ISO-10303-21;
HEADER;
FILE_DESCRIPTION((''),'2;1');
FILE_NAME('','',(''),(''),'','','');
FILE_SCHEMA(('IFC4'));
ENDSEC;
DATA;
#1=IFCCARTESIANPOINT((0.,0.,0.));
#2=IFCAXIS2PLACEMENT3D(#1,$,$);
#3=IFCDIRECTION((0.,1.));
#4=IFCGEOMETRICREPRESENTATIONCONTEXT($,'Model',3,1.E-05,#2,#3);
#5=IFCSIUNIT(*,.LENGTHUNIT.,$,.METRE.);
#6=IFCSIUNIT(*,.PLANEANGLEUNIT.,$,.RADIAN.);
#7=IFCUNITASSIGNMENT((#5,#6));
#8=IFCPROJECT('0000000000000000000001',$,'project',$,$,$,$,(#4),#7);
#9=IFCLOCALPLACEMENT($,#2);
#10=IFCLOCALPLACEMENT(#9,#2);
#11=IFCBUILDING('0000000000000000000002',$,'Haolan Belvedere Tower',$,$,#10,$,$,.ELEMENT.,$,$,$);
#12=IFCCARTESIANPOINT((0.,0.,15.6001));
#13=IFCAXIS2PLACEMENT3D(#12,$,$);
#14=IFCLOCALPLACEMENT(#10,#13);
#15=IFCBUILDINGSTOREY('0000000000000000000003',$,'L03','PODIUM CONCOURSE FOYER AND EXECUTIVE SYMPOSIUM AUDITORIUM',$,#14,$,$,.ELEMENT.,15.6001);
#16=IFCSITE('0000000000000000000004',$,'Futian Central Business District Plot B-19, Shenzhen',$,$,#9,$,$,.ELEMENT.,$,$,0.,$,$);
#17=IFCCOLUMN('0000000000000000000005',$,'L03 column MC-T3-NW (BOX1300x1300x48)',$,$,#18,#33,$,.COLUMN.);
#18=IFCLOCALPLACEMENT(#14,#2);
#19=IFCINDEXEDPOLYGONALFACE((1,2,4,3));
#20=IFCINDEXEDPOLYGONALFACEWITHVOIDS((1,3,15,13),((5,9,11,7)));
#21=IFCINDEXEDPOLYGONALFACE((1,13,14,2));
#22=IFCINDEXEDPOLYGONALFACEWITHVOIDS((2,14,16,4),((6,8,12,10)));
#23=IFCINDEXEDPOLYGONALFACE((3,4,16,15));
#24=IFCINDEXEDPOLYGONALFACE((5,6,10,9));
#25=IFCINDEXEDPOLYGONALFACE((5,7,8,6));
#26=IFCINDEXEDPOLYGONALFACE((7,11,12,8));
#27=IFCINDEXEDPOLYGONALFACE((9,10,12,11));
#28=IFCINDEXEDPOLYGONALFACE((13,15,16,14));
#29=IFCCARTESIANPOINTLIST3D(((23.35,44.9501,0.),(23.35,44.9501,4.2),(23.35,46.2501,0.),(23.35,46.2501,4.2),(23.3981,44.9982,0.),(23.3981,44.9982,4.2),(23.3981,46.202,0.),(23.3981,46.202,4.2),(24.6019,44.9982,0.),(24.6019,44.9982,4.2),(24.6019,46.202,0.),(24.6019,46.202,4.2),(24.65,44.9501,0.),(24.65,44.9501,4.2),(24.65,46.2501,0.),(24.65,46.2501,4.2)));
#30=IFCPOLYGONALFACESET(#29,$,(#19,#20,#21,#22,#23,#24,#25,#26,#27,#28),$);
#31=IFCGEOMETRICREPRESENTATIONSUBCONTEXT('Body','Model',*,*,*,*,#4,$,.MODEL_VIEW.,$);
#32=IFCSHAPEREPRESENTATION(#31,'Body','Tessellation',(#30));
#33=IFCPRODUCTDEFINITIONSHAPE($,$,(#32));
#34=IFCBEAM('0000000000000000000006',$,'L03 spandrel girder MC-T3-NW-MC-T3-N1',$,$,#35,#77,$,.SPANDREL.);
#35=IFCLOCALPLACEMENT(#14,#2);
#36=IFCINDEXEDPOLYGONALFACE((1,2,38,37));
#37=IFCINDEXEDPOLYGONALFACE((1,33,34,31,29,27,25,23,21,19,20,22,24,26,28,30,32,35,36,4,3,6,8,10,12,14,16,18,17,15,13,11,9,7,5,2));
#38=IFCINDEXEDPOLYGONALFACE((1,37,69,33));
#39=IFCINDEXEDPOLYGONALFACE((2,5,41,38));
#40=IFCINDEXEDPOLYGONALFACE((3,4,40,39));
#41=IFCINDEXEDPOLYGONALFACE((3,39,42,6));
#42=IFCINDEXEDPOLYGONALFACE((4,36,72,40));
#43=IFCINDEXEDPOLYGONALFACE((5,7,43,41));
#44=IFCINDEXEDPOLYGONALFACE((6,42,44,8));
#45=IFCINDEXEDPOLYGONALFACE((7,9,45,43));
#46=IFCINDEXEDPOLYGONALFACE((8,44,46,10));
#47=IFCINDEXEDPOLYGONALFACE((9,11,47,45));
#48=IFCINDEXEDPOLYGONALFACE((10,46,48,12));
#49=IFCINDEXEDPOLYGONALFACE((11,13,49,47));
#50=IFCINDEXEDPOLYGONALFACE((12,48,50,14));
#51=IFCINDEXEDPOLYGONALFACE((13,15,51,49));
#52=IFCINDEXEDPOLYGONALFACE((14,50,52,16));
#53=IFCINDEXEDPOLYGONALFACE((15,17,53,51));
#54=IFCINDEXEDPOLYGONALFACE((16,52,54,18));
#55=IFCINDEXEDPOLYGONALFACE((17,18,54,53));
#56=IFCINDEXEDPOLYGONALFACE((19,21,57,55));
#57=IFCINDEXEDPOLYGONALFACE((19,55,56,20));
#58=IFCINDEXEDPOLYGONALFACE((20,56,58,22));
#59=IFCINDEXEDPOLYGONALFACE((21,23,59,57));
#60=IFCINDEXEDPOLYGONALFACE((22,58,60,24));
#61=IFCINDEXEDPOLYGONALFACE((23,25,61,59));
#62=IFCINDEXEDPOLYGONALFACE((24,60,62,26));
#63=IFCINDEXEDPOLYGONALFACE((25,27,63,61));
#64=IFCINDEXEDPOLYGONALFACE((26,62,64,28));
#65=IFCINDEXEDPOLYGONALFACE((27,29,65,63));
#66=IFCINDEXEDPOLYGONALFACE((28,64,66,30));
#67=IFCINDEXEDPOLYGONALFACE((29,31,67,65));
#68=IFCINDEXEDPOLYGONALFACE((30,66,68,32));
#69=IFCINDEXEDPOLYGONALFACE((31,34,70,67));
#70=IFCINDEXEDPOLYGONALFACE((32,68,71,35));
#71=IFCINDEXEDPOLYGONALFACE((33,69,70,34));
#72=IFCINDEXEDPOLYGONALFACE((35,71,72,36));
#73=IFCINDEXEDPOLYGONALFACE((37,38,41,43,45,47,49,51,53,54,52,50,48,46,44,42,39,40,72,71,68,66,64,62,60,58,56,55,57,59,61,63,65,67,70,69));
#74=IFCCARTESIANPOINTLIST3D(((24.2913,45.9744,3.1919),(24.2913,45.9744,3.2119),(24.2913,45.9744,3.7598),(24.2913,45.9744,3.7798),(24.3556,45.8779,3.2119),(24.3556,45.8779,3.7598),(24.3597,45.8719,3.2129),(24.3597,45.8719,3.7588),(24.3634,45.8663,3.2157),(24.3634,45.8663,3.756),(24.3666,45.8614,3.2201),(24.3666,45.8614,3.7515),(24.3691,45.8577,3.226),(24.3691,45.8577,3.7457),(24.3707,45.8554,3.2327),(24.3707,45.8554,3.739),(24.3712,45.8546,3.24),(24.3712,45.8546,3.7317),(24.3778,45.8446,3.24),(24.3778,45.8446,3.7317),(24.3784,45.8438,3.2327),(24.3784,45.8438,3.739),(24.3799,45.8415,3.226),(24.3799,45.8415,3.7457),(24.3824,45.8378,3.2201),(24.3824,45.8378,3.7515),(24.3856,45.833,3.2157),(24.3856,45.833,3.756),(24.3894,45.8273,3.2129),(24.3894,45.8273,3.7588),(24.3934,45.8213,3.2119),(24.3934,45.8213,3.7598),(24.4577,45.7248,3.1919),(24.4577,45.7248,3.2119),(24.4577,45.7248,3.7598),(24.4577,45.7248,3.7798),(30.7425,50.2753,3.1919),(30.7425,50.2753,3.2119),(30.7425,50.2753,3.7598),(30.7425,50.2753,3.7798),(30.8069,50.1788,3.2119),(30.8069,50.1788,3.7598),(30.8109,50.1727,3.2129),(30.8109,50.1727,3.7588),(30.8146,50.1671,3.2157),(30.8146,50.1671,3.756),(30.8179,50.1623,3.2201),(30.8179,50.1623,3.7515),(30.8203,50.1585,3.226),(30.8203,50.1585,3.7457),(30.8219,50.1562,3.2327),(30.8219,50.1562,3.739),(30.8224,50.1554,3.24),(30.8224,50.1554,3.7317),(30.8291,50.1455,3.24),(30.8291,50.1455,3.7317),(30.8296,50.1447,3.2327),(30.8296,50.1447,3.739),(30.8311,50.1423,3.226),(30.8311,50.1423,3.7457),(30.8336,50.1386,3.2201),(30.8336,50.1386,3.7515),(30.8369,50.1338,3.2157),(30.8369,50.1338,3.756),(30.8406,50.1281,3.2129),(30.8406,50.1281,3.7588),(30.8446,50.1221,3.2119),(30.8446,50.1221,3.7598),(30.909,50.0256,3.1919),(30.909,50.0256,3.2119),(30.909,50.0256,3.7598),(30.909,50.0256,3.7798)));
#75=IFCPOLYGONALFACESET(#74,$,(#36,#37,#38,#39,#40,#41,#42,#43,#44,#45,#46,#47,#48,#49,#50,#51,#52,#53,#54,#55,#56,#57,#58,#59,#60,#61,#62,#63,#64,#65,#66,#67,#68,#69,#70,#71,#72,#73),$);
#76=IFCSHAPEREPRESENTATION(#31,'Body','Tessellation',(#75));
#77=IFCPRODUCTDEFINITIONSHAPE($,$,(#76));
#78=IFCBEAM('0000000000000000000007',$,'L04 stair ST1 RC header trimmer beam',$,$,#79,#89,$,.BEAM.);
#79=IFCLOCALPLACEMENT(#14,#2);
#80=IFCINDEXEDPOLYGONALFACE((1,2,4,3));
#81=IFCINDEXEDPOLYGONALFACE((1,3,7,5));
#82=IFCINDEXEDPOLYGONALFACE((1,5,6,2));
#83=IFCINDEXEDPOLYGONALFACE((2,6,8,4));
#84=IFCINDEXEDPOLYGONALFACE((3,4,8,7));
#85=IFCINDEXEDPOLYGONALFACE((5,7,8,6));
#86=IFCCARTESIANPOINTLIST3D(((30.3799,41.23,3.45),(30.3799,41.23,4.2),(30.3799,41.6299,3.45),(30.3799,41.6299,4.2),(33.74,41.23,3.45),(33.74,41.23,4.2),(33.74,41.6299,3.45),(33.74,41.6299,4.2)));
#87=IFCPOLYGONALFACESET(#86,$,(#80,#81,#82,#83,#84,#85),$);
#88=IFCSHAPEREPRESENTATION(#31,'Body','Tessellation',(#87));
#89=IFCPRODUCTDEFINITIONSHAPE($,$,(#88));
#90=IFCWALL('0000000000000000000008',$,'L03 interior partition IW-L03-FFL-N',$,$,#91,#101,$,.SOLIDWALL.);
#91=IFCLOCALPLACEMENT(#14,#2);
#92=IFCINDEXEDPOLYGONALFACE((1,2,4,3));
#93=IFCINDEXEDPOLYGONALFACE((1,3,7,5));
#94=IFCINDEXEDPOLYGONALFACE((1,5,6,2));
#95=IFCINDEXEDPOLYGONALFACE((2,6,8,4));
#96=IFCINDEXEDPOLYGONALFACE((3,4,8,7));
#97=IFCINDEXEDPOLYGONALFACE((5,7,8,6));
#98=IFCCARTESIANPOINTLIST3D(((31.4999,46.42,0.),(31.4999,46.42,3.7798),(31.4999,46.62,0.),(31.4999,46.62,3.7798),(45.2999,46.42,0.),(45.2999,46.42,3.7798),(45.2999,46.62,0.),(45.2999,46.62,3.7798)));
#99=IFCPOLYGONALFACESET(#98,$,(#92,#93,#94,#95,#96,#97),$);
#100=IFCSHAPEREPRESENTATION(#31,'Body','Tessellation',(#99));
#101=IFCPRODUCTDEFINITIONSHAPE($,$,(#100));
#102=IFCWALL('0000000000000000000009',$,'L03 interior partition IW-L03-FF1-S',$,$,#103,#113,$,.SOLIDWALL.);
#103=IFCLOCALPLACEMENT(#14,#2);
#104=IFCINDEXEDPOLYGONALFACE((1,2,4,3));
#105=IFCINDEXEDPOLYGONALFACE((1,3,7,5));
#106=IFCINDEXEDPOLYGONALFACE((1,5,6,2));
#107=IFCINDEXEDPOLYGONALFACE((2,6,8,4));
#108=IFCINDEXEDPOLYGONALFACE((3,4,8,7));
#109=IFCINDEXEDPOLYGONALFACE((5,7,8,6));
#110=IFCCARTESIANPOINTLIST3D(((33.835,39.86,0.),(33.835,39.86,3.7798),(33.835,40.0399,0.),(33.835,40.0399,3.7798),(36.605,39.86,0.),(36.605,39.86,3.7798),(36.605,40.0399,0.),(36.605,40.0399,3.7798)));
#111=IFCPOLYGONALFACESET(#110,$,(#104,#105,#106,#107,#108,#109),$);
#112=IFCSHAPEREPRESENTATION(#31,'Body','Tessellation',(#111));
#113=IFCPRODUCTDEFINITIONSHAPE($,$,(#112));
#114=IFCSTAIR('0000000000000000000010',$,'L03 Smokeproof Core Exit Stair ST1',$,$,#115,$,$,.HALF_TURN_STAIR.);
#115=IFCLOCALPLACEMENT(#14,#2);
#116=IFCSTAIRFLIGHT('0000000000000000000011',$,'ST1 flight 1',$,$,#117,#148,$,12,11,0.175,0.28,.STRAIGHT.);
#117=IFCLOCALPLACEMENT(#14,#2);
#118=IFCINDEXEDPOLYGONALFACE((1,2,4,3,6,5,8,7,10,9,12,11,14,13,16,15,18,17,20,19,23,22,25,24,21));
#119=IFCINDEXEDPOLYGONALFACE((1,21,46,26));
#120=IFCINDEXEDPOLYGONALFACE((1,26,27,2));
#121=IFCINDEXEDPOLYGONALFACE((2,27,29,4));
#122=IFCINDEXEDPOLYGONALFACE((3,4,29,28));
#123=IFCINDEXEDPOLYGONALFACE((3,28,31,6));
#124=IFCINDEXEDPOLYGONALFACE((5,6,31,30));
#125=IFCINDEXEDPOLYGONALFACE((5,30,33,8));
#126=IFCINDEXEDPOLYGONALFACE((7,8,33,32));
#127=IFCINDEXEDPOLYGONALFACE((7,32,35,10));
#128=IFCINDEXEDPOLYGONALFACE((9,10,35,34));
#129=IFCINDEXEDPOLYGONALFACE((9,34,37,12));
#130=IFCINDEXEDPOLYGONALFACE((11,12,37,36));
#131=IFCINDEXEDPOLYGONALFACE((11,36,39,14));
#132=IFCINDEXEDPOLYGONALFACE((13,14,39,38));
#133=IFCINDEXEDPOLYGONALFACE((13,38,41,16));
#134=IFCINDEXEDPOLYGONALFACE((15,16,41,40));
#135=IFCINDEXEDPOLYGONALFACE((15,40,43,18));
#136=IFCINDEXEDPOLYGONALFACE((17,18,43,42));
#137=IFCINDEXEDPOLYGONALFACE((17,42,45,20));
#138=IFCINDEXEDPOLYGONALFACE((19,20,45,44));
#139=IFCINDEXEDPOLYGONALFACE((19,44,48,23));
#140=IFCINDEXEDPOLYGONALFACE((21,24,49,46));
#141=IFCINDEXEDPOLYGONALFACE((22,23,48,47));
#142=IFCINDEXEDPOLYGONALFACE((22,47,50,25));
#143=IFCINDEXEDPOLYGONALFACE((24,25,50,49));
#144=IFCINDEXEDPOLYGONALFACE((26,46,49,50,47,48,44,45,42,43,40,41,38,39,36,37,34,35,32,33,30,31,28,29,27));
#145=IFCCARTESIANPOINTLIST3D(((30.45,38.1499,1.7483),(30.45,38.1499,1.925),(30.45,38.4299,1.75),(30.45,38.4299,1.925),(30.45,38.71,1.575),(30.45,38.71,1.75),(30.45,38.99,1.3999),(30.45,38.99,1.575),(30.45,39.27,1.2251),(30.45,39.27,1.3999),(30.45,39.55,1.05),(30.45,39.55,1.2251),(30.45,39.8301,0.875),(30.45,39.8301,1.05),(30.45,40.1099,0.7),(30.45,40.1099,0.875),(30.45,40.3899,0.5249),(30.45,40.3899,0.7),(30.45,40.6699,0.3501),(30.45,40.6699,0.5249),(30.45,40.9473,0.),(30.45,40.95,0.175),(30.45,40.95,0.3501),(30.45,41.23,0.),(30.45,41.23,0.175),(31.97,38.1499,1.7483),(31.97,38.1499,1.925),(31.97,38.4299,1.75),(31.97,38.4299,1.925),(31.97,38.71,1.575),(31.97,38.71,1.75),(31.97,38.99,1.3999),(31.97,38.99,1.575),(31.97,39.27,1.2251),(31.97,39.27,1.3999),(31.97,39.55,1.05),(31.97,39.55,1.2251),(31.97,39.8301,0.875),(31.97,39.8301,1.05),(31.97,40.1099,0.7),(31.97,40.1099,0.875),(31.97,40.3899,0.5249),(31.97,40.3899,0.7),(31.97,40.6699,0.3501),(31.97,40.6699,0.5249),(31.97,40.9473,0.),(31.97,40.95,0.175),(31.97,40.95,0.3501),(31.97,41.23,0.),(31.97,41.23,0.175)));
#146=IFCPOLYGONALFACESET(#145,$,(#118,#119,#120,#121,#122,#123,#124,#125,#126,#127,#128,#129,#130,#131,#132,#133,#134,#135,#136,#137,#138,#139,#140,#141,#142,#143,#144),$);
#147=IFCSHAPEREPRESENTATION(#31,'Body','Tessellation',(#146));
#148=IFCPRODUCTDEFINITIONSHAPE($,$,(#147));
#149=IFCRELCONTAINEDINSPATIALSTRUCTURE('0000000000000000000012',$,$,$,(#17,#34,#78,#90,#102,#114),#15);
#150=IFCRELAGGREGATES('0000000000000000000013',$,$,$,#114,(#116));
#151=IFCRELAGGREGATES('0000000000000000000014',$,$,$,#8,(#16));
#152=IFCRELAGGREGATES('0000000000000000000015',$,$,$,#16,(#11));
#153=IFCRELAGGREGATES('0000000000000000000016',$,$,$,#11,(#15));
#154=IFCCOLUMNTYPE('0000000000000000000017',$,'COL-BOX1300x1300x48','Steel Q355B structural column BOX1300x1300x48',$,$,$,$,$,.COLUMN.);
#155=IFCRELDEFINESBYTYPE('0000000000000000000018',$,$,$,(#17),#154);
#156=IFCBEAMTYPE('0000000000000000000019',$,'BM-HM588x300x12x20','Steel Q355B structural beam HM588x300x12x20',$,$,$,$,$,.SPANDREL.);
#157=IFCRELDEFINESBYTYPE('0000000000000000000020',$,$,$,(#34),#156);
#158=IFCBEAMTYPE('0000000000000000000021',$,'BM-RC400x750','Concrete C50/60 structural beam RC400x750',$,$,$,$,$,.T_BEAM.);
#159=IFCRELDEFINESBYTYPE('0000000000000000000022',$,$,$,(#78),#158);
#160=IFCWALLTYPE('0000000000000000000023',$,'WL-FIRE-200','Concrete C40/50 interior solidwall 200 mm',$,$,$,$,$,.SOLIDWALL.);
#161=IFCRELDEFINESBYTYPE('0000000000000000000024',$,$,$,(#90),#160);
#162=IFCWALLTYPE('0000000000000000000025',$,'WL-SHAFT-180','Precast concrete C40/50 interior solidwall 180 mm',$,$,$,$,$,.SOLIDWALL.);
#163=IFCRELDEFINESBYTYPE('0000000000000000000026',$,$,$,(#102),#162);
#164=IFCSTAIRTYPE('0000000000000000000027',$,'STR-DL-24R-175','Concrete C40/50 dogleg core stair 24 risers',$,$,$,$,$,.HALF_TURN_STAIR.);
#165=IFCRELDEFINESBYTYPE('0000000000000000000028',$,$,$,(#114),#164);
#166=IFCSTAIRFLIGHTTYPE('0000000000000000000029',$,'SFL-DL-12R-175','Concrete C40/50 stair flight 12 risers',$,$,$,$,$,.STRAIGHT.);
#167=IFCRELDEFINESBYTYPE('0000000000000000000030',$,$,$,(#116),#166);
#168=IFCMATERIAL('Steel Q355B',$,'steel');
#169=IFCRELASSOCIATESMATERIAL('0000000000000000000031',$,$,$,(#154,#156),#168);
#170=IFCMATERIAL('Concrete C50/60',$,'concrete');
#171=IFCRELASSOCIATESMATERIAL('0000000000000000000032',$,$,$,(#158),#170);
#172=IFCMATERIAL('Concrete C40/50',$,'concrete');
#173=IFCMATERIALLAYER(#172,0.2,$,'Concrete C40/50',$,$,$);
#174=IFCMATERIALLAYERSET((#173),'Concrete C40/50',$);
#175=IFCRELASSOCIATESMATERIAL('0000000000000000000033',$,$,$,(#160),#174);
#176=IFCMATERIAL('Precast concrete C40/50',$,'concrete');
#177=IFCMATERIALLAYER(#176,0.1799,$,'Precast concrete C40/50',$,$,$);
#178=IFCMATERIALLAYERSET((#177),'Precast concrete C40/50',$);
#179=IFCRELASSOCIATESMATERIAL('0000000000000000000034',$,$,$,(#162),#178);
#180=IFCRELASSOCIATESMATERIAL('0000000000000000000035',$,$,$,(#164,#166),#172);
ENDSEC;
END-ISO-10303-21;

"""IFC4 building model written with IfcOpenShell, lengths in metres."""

from ifc_helpers import new_model, si_unit, direction, frame, frame_2d, origin, origin_2d, place, context, subcontext, project, spatial, polyline, rectangle, hollow_rectangle, i_section, outline, extrude, material, layer, layer_set, material_profile, profile_set, type_object, element, aggregate, save


model = new_model("IFC4")

# Units and contexts
model_context = context("Model", 3, precision=1e-05, world=origin(), true_north=direction((0.0, 1.0)))
body_context = subcontext(model_context, "Body", "Model", "MODEL_VIEW")
ifc_project = project(units=[si_unit("LENGTHUNIT", "METRE"), si_unit("PLANEANGLEUNIT", "RADIAN")], contexts=[model_context])

# Site, building, storey
site_placement = place(None, origin())
site = spatial("IfcSite", under=ifc_project, at=site_placement, Name="Futian Central Business District Plot B-19, Shenzhen", CompositionType="ELEMENT", RefElevation=0.0)
building_placement = place(site_placement, origin())
building = spatial("IfcBuilding", under=site, at=building_placement, Name="Haolan Belvedere Tower", CompositionType="ELEMENT")
storey_placement = place(building_placement, frame((0.0, 0.0, 15.6001)))
storey = spatial("IfcBuildingStorey", under=building, at=storey_placement, Name="L03", Description="PODIUM CONCOURSE FOYER AND EXECUTIVE SYMPOSIUM AUDITORIUM", CompositionType="ELEMENT", Elevation=15.6001)

# Column
ifc_material_1 = material(Name="Steel Q355B", Category="steel")
ifc_material_profile_1 = material_profile(ifc_material_1, hollow_rectangle(XDim=1.3, YDim=1.3, WallThickness=0.0481, at=origin_2d()), Name="Steel Q355B")
ifc_profile_set_1 = profile_set([ifc_material_profile_1], Name="Steel Q355B")
column_type = type_object("IfcColumnType", Name="COL-BOX1300x1300x48", Description="Steel Q355B structural column BOX1300x1300x48", PredefinedType="COLUMN", material=ifc_profile_set_1)
column_placement = place(storey_placement, frame((24.0, 45.6001, 0.0), z_axis=(0.0, 0.0, 1.0), x_axis=(1.0, 0.0, 0.0)))
element("IfcColumn", 1, at=column_placement, inside=storey, type_object=column_type, Name="L03 column MC-T3-NW (BOX1300x1300x48)", PredefinedType="COLUMN", context=body_context, shape_type="SweptSolid", body=[
    extrude(hollow_rectangle(XDim=1.3, YDim=1.3, WallThickness=0.0481, at=origin_2d()), origin(), (0.0, 0.0, 1.0), 4.2),
])

# Beams
ifc_material_profile_2 = material_profile(ifc_material_1, i_section(OverallWidth=0.3, OverallDepth=0.5879, WebThickness=0.012, FlangeThickness=0.02, FilletRadius=0.0281, at=origin_2d()), Name="Steel Q355B")
ifc_profile_set_2 = profile_set([ifc_material_profile_2], Name="Steel Q355B")
beam_type_1 = type_object("IfcBeamType", Name="BM-HM588x300x12x20", Description="Steel Q355B structural beam HM588x300x12x20", PredefinedType="SPANDREL", material=ifc_profile_set_2)
beam_1_placement = place(storey_placement, frame((24.3745, 45.8496, 3.4858), z_axis=(0.83205, 0.5547, 0.0), x_axis=(-0.5547, 0.83205, 0.0)))
element("IfcBeam", 2, at=beam_1_placement, inside=storey, type_object=beam_type_1, Name="L03 spandrel girder MC-T3-NW-MC-T3-N1", PredefinedType="SPANDREL", context=body_context, shape_type="SweptSolid", body=[
    extrude(i_section(OverallWidth=0.3, OverallDepth=0.5879, WebThickness=0.012, FlangeThickness=0.02, FilletRadius=0.0281, at=origin_2d()), origin(), (0.0, 0.0, 1.0), 7.7534),
])
ifc_material_2 = material(Name="Concrete C50/60", Category="concrete")
ifc_material_profile_3 = material_profile(ifc_material_2, rectangle(XDim=0.3999, YDim=0.75, at=origin_2d()), Name="Concrete C50/60")
ifc_profile_set_3 = profile_set([ifc_material_profile_3], Name="Concrete C50/60")
beam_type_2 = type_object("IfcBeamType", Name="BM-RC400x750", Description="Concrete C50/60 structural beam RC400x750", PredefinedType="T_BEAM", material=ifc_profile_set_3)
beam_2_placement = place(storey_placement, frame((30.3799, 41.4299, 3.825), z_axis=(1.0, 0.0, 0.0), x_axis=(0.0, 1.0, 0.0)))
element("IfcBeam", 3, at=beam_2_placement, inside=storey, type_object=beam_type_2, Name="L04 stair ST1 RC header trimmer beam", PredefinedType="BEAM", context=body_context, shape_type="SweptSolid", body=[
    extrude(rectangle(XDim=0.3999, YDim=0.75, at=origin_2d()), origin(), (0.0, 0.0, 1.0), 3.3601),
])

# Wall
ifc_material_3 = material(Name="Concrete C40/50", Category="concrete")
ifc_layer_1 = layer(ifc_material_3, 0.2, Name="Concrete C40/50")
ifc_layer_set_1 = layer_set([ifc_layer_1], Name="Concrete C40/50")
wall_type_1 = type_object("IfcWallType", Name="WL-FIRE-200", Description="Concrete C40/50 interior solidwall 200 mm", PredefinedType="SOLIDWALL", material=ifc_layer_set_1)
wall_1_placement = place(storey_placement, frame((31.5, 46.52, 0.0), z_axis=(0.0, 0.0, 1.0), x_axis=(1.0, 0.0, 0.0)))
element("IfcWall", 4, at=wall_1_placement, inside=storey, type_object=wall_type_1, Name="L03 interior partition IW-L03-FFL-N", PredefinedType="SOLIDWALL", context=body_context, shape_type="SweptSolid", body=[
    extrude(rectangle(XDim=13.8, YDim=0.2, at=frame_2d((6.8999, 0.0))), origin(), (0.0, 0.0, 1.0), 3.7798),
])

# Wall
ifc_material_4 = material(Name="Precast concrete C40/50", Category="concrete")
ifc_layer_2 = layer(ifc_material_4, 0.1799, Name="Precast concrete C40/50")
ifc_layer_set_2 = layer_set([ifc_layer_2], Name="Precast concrete C40/50")
wall_type_2 = type_object("IfcWallType", Name="WL-SHAFT-180", Description="Precast concrete C40/50 interior solidwall 180 mm", PredefinedType="SOLIDWALL", material=ifc_layer_set_2)
wall_2_placement = place(storey_placement, frame((33.835, 39.95, 0.0), z_axis=(0.0, 0.0, 1.0), x_axis=(1.0, 0.0, 0.0)))
element("IfcWall", 5, at=wall_2_placement, inside=storey, type_object=wall_type_2, Name="L03 interior partition IW-L03-FF1-S", PredefinedType="SOLIDWALL", context=body_context, shape_type="SweptSolid", body=[
    extrude(rectangle(XDim=2.77, YDim=0.1799, at=frame_2d((1.385, 0.0))), origin(), (0.0, 0.0, 1.0), 3.7798),
])

# Stair, stair flight
stair_type = type_object("IfcStairType", Name="STR-DL-24R-175", Description="Concrete C40/50 dogleg core stair 24 risers", PredefinedType="HALF_TURN_STAIR", material=ifc_material_3)
stair_placement = place(storey_placement, origin())
stair = element("IfcStair", 6, at=stair_placement, inside=storey, type_object=stair_type, Name="L03 Smokeproof Core Exit Stair ST1", PredefinedType="HALF_TURN_STAIR")
stair_flight_type = type_object("IfcStairFlightType", Name="SFL-DL-12R-175", Description="Concrete C40/50 stair flight 12 risers", PredefinedType="STRAIGHT", material=ifc_material_3)
stair_flight_placement = place(storey_placement, frame((31.21, 41.23, 0.0), z_axis=(0.0, 0.0, 1.0), x_axis=(0.0, -1.0, 0.0)))
stair_flight = element("IfcStairFlight", 7, at=stair_flight_placement, type_object=stair_flight_type, Name="ST1 flight 1", NumberOfRisers=12, NumberOfTreads=11, PredefinedType="STRAIGHT", RiserHeight=0.175, TreadLength=0.28, context=body_context, shape_type="SweptSolid", body=[
    extrude(outline(polyline([(0.0, 0.0), (0.0, 0.175), (0.28, 0.175), (0.28, 0.3501), (0.5601, 0.3501), (0.5601, 0.5249), (0.8401, 0.5249), (0.8401, 0.7), (1.1201, 0.7), (1.1201, 0.875), (1.3999, 0.875), (1.3999, 1.05), (1.6799, 1.05), (1.6799, 1.2251), (1.96, 1.2251), (1.96, 1.3999), (2.24, 1.3999), (2.24, 1.575), (2.52, 1.575), (2.52, 1.75), (2.8, 1.75), (2.8, 1.925), (3.0801, 1.925), (3.0801, 2.1001), (3.0801, 1.7483), (0.2827, 0.0), (0.0, 0.0)])), frame((0.0, 0.76, 0.0), z_axis=(0.0, -1.0, 0.0), x_axis=(1.0, 0.0, 0.0)), (0.0, 0.0, 1.0), 1.52),
])
aggregate(stair, [stair_flight])

save(model, "model.ifc")
